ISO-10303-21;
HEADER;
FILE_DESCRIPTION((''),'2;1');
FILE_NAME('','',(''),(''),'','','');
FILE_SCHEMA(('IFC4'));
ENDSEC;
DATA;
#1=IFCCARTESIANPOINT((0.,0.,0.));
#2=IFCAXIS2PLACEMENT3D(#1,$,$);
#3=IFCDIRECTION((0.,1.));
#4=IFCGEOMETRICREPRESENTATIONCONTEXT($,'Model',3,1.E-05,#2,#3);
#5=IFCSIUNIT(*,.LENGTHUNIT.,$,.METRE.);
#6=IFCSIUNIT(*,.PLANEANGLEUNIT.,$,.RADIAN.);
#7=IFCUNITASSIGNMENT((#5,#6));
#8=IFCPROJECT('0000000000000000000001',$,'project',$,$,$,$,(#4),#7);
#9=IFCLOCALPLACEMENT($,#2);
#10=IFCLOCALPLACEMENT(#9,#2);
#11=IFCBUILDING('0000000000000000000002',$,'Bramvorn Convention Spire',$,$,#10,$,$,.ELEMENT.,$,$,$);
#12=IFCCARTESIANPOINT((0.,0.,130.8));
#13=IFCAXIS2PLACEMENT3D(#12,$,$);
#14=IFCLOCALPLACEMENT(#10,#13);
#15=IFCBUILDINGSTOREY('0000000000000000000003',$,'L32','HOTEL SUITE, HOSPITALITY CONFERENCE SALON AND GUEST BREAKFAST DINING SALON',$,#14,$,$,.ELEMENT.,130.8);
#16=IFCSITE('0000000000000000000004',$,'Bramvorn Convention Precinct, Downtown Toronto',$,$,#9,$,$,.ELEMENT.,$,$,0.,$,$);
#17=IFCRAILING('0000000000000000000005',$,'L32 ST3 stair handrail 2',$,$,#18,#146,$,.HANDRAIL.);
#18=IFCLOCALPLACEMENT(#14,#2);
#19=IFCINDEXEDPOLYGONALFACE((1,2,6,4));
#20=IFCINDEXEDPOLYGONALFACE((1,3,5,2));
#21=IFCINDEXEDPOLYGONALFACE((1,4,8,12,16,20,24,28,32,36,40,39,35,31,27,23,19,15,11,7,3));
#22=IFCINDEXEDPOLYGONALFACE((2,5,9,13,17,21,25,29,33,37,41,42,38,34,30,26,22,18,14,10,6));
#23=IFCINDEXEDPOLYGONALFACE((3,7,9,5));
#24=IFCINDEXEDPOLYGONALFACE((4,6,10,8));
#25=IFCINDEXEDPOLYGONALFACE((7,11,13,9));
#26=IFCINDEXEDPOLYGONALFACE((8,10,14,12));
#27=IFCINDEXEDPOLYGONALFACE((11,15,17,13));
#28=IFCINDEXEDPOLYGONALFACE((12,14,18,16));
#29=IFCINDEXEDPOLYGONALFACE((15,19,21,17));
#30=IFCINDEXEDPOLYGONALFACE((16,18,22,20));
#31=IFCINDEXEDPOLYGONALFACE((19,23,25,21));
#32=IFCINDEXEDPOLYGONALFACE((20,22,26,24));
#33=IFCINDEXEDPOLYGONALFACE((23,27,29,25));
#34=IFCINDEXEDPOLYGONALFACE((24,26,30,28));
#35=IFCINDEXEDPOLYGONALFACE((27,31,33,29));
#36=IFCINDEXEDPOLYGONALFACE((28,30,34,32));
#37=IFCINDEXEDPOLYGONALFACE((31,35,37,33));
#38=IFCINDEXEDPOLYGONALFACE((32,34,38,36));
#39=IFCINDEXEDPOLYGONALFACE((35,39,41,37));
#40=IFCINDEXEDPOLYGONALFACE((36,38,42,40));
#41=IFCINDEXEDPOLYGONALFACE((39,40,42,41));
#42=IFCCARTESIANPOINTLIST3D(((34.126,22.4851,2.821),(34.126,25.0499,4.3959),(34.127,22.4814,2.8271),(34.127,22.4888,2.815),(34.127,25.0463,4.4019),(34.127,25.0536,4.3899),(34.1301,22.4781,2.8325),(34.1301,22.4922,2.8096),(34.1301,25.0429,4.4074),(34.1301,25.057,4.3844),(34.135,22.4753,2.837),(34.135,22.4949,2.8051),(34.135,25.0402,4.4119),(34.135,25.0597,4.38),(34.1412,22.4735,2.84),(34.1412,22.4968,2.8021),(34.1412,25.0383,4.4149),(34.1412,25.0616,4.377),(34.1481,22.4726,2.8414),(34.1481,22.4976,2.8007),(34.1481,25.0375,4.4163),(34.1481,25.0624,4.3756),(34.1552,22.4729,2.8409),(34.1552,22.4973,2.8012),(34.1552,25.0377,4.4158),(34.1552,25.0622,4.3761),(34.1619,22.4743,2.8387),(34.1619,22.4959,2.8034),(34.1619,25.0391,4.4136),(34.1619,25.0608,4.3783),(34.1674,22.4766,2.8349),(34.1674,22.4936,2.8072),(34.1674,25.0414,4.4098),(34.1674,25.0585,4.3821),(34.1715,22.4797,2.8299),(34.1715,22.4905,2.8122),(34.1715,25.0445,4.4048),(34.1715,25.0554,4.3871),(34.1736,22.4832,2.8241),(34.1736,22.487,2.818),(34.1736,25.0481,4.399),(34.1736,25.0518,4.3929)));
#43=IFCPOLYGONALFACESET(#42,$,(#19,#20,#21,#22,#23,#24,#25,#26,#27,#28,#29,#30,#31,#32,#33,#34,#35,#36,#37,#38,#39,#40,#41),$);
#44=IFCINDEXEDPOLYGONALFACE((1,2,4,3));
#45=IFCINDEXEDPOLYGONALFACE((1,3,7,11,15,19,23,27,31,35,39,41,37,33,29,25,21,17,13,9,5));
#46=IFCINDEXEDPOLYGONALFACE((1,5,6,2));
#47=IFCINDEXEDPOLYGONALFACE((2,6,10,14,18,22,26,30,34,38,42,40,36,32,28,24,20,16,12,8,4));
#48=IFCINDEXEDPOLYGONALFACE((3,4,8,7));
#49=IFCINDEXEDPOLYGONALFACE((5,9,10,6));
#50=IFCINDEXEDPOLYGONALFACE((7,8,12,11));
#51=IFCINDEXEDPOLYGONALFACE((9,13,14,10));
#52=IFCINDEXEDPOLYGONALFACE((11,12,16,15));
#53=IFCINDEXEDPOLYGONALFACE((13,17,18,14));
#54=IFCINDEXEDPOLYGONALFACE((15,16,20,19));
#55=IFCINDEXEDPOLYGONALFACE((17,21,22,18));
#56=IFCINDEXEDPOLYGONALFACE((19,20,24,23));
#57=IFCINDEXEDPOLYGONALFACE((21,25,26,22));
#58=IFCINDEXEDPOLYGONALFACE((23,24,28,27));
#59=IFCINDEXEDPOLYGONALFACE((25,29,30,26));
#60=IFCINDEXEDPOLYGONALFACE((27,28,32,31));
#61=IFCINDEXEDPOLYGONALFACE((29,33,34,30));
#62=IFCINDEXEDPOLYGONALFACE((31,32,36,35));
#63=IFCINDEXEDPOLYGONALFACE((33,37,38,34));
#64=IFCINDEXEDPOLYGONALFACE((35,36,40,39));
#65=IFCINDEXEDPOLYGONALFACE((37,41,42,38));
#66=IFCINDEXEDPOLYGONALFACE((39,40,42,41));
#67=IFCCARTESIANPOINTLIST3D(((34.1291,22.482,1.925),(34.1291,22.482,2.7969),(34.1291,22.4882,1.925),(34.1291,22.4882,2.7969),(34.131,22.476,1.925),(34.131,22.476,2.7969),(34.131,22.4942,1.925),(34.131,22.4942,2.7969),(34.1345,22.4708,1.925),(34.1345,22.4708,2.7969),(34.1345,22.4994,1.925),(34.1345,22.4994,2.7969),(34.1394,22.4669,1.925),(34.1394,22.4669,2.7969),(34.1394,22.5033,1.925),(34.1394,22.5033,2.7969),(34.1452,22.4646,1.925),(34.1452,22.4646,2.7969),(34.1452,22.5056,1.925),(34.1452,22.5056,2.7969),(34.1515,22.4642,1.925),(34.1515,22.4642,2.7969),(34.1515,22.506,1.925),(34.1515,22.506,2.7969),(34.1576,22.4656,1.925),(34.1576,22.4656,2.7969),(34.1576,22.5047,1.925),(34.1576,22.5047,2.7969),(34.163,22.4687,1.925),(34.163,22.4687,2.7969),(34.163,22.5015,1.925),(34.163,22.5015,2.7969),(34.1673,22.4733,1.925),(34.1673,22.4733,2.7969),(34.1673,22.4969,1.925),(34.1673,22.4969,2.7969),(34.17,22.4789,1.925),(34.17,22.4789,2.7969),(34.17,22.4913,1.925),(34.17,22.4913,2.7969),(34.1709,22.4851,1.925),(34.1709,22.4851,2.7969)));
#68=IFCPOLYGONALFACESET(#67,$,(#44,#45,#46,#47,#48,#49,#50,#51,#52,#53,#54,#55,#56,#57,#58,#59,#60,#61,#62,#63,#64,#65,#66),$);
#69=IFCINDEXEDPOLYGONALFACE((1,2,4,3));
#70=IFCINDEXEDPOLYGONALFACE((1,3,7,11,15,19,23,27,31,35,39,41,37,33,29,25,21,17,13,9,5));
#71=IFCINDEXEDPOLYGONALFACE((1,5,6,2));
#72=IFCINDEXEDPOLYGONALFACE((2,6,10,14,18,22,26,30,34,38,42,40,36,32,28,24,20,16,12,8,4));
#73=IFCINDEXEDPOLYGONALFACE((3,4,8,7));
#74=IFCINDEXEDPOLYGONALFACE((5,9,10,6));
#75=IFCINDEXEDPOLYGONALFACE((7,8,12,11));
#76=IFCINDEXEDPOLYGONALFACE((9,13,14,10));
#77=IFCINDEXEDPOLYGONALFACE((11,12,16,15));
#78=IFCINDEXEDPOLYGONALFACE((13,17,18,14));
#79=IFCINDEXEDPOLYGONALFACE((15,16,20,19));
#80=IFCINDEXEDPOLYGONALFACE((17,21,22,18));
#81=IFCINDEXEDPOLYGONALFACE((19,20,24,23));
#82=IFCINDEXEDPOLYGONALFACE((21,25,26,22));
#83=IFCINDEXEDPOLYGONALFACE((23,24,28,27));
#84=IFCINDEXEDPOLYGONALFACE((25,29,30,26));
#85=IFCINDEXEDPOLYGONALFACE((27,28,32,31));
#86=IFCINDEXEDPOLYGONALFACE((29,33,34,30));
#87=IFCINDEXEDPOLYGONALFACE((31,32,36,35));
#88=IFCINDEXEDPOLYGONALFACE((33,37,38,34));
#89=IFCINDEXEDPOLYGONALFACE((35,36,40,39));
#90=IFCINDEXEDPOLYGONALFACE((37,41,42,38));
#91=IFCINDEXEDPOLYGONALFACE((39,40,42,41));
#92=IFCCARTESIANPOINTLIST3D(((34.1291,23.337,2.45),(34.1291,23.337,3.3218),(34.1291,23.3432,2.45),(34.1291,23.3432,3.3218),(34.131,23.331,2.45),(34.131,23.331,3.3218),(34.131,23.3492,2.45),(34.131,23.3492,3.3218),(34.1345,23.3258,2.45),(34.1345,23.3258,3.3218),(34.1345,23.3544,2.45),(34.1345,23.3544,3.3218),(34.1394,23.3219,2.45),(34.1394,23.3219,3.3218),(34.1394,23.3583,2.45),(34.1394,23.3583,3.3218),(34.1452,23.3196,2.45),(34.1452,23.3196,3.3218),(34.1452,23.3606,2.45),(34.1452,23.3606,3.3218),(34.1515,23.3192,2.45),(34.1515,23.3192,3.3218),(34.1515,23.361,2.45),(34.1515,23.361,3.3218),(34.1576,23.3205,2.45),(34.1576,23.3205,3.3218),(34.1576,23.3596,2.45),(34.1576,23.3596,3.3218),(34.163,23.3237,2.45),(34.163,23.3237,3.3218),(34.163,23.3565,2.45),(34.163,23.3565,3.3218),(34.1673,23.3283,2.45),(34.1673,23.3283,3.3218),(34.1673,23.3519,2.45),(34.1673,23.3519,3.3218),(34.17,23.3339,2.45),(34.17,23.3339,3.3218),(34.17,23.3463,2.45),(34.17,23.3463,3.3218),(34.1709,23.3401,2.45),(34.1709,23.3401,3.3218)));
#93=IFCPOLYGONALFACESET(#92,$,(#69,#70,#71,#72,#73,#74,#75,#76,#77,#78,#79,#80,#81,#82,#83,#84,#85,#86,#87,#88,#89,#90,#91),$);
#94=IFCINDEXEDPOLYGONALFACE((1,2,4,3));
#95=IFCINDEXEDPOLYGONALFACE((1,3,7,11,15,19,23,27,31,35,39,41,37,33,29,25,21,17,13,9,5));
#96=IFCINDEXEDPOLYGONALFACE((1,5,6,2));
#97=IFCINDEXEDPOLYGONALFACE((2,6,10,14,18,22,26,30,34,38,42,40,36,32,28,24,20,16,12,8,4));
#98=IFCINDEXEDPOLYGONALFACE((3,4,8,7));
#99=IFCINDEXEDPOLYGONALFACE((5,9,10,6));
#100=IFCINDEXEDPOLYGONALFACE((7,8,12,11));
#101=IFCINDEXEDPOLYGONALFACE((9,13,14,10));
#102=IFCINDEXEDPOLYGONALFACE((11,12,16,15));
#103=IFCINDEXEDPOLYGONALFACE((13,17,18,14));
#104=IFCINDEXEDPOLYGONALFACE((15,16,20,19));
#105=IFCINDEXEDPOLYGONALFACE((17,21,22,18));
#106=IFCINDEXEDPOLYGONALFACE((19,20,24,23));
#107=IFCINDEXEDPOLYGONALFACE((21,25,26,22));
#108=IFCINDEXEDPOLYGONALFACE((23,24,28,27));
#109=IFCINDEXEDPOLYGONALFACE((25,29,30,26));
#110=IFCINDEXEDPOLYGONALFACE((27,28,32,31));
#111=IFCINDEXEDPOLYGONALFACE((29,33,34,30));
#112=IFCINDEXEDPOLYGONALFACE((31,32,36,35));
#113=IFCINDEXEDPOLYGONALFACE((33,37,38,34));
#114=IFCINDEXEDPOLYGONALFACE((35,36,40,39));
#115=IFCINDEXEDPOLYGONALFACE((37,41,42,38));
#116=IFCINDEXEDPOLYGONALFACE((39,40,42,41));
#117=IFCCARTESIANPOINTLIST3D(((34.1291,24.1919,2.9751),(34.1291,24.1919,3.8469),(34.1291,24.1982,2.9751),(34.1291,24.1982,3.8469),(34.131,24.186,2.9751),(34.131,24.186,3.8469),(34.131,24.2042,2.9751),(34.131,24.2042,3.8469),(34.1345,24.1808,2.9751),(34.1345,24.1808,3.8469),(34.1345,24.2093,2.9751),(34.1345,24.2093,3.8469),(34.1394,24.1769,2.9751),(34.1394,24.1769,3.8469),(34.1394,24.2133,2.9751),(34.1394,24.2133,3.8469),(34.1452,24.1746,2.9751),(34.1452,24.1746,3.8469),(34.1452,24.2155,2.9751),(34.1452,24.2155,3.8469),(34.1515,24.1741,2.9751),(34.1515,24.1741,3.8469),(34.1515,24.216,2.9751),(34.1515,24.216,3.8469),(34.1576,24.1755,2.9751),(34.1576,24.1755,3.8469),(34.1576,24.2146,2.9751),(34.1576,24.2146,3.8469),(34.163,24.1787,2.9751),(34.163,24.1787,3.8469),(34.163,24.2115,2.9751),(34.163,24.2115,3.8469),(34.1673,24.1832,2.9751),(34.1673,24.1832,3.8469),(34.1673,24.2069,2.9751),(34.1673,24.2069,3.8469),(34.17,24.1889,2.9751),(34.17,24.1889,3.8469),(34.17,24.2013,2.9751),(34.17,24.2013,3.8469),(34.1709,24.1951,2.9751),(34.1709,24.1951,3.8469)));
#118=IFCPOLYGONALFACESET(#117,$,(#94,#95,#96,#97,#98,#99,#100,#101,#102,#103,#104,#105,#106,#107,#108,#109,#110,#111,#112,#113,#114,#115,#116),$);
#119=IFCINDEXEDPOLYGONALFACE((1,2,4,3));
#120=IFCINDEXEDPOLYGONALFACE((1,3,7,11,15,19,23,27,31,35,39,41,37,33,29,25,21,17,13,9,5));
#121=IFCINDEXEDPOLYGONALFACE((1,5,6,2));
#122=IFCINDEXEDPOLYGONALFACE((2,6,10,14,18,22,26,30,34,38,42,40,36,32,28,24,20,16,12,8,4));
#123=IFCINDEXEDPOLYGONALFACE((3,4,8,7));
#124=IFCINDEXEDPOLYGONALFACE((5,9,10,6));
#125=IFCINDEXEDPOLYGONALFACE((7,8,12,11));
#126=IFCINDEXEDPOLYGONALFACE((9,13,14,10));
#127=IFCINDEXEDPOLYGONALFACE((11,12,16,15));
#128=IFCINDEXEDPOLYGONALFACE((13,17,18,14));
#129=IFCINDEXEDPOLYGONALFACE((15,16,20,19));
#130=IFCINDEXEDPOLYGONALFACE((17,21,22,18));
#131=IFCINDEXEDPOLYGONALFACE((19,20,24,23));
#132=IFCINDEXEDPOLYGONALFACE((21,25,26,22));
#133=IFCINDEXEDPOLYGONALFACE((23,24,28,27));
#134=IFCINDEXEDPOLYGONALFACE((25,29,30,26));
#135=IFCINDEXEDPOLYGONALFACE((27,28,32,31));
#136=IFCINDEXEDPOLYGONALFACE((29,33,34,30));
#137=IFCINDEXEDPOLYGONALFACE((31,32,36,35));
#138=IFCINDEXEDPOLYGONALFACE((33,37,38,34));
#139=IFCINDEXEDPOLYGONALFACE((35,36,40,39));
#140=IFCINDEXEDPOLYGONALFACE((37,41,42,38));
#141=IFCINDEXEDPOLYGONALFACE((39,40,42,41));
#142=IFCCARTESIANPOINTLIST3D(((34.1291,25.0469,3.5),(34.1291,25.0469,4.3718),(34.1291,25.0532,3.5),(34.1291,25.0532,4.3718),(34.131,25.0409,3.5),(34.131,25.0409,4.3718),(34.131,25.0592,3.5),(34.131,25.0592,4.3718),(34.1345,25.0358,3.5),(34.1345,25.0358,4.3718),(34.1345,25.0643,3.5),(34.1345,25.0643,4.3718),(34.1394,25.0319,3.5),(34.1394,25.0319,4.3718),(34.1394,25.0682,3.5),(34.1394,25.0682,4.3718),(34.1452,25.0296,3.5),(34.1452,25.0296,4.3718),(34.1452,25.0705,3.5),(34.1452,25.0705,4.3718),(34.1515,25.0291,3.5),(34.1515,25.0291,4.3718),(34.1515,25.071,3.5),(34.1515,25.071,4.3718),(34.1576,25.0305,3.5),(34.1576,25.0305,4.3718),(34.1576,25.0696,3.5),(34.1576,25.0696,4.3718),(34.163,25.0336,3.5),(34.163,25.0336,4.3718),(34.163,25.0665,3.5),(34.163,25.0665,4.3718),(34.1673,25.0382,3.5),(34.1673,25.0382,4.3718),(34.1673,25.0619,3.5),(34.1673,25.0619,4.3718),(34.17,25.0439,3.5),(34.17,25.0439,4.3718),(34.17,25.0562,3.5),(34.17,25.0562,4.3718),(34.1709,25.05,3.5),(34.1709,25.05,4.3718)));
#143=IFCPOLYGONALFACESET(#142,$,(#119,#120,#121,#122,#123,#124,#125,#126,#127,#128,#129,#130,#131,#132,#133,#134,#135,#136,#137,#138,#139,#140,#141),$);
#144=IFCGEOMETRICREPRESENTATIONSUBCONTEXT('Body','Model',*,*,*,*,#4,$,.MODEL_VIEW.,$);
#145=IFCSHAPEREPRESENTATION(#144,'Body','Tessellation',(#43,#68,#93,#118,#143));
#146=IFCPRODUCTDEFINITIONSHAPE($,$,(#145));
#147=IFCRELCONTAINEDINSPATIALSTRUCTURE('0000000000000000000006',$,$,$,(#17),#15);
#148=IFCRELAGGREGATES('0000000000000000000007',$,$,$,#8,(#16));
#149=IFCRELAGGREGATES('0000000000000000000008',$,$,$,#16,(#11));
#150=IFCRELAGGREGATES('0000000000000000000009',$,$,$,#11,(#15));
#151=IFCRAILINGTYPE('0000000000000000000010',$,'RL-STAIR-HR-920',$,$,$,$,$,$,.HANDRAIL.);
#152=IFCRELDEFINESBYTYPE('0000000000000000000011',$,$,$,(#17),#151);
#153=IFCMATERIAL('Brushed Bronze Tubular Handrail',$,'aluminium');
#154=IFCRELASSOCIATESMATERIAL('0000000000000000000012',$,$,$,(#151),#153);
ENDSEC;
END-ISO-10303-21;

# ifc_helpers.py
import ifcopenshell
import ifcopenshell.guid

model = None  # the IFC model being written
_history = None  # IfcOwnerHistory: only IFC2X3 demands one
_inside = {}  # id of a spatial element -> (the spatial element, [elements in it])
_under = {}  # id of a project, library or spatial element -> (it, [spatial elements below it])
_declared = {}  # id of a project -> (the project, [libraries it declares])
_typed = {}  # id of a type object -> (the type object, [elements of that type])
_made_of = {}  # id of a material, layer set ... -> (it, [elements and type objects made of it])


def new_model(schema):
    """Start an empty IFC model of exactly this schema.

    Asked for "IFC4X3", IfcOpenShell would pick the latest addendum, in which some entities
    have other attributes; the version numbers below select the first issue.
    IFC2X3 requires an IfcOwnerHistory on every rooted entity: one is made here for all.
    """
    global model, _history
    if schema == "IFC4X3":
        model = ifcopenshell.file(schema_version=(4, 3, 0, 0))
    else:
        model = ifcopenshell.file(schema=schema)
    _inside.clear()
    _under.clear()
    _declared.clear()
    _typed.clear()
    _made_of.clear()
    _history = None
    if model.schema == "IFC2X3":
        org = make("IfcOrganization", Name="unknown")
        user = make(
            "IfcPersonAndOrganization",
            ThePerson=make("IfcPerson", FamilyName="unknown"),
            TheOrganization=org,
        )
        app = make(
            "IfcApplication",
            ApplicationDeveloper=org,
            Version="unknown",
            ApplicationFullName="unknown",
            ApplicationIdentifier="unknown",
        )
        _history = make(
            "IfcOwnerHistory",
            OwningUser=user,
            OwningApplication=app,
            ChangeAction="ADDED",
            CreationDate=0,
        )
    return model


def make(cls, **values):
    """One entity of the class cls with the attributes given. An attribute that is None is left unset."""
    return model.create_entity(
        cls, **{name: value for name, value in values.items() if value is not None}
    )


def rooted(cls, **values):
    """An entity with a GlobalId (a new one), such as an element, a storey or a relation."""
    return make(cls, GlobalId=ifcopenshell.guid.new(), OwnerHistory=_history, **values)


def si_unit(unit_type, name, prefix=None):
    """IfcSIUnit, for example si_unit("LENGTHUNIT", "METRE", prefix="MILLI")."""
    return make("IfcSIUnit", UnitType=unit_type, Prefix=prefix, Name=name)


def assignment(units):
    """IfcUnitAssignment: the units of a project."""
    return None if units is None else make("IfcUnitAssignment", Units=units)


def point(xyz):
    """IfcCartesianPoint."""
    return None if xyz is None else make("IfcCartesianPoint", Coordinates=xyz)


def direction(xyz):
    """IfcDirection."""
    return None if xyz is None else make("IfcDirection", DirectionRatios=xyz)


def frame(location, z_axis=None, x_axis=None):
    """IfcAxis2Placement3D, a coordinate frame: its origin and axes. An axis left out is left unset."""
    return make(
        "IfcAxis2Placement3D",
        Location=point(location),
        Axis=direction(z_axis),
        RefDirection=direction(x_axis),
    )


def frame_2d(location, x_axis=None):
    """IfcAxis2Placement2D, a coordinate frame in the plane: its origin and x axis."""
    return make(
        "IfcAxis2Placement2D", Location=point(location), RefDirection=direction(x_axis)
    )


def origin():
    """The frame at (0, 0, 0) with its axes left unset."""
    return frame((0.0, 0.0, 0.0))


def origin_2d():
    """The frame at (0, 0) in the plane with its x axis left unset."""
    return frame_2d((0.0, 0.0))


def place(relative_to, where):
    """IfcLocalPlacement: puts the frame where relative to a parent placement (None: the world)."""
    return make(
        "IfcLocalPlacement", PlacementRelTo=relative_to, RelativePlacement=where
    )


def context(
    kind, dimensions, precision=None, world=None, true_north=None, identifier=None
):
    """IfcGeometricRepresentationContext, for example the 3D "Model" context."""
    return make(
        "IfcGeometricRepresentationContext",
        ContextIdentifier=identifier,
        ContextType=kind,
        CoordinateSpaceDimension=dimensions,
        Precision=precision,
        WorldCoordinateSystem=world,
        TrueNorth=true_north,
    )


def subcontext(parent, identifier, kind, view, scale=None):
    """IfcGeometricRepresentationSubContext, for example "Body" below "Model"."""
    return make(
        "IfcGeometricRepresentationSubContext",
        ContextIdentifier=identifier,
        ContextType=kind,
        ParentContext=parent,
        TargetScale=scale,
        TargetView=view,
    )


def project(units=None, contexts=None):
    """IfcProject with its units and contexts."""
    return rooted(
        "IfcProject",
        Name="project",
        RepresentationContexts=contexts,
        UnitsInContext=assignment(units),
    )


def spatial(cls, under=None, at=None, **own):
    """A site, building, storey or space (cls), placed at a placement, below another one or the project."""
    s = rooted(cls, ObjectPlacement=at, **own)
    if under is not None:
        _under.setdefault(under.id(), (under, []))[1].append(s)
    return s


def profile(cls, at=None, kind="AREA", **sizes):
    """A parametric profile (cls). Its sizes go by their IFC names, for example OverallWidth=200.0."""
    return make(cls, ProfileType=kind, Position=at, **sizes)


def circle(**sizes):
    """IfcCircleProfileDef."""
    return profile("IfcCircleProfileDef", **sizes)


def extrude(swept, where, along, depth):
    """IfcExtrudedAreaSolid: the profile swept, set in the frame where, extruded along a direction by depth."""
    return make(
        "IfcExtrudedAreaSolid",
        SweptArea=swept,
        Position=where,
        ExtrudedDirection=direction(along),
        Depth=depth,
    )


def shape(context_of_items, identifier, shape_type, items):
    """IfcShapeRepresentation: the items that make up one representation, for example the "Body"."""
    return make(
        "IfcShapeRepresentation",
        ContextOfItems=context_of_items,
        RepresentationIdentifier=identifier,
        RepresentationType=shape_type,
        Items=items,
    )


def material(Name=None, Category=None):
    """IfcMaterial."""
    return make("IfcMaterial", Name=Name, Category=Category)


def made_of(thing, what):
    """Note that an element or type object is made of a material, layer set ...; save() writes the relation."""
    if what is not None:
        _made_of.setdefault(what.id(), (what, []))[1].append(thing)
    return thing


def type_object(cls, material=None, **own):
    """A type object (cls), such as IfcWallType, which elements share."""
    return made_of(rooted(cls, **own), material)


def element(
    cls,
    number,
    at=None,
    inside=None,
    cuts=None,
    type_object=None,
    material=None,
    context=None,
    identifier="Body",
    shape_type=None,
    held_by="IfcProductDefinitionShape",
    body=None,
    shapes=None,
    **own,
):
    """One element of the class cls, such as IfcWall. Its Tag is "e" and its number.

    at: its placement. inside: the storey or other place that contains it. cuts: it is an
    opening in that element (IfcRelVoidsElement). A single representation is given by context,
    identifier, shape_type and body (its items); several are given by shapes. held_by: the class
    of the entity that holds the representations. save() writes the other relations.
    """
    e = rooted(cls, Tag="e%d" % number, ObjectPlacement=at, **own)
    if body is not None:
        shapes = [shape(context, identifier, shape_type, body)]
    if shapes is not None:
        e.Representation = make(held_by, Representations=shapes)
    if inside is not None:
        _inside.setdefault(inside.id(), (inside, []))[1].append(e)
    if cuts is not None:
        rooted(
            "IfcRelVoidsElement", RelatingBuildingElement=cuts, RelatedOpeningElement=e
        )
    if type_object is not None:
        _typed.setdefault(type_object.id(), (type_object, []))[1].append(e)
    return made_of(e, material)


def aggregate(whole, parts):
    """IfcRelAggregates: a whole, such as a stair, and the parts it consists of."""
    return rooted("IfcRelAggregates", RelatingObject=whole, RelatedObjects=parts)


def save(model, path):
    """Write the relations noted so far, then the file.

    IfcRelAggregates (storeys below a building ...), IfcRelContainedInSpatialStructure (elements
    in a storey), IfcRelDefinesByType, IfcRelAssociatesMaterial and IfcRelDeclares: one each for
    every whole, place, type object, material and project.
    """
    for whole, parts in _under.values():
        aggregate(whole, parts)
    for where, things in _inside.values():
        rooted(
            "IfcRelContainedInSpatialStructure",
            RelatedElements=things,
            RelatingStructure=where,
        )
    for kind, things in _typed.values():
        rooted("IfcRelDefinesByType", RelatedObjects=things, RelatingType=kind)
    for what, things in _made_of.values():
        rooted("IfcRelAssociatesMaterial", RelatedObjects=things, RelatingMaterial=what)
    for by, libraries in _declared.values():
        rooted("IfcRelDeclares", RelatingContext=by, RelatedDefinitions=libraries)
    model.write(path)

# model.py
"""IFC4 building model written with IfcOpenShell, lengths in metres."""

from ifc_helpers import new_model, si_unit, direction, frame, origin, origin_2d, place, context, subcontext, project, spatial, circle, extrude, material, type_object, element, save


model = new_model("IFC4")

# Units and contexts
model_context = context("Model", 3, precision=1e-05, world=origin(), true_north=direction((0.0, 1.0)))
body_context = subcontext(model_context, "Body", "Model", "MODEL_VIEW")
ifc_project = project(units=[si_unit("LENGTHUNIT", "METRE"), si_unit("PLANEANGLEUNIT", "RADIAN")], contexts=[model_context])

# Site, building, storey
site_placement = place(None, origin())
site = spatial("IfcSite", under=ifc_project, at=site_placement, Name="Bramvorn Convention Precinct, Downtown Toronto", CompositionType="ELEMENT", RefElevation=0.0)
building_placement = place(site_placement, origin())
building = spatial("IfcBuilding", under=site, at=building_placement, Name="Bramvorn Convention Spire", CompositionType="ELEMENT")
storey_placement = place(building_placement, frame((0.0, 0.0, 130.8)))
storey = spatial("IfcBuildingStorey", under=building, at=storey_placement, Name="L32", Description="HOTEL SUITE, HOSPITALITY CONFERENCE SALON AND GUEST BREAKFAST DINING SALON", CompositionType="ELEMENT", Elevation=130.8)

# Railing
ifc_material_1 = material(Name="Brushed Bronze Tubular Handrail", Category="aluminium")
railing_type_1 = type_object("IfcRailingType", Name="RL-STAIR-HR-920", PredefinedType="HANDRAIL", material=ifc_material_1)
railing_1_placement = place(storey_placement, frame((34.1499, 22.4851, 1.925)))
element("IfcRailing", 1, at=railing_1_placement, inside=storey, type_object=railing_type_1, Name="L32 ST3 stair handrail 2", PredefinedType="HANDRAIL", context=body_context, shape_type="SweptSolid", body=[
    extrude(circle(Radius=0.0239, at=origin_2d()), frame((0.0, 0.0, 0.896), z_axis=(0.0, 0.852173, 0.52326), x_axis=(-1.0, 0.0, 0.0)), (0.0, 0.0, 1.0), 3.0098),
    extrude(circle(Radius=0.021, at=origin_2d()), origin(), (0.0, 0.0, 1.0), 0.8718),
    extrude(circle(Radius=0.021, at=origin_2d()), frame((0.0, 0.855, 0.5249)), (0.0, 0.0, 1.0), 0.8718),
    extrude(circle(Radius=0.021, at=origin_2d()), frame((0.0, 1.71, 1.05)), (0.0, 0.0, 1.0), 0.8718),
    extrude(circle(Radius=0.021, at=origin_2d()), frame((0.0, 2.5649, 1.575)), (0.0, 0.0, 1.0), 0.8718),
])

save(model, "model.ifc")
